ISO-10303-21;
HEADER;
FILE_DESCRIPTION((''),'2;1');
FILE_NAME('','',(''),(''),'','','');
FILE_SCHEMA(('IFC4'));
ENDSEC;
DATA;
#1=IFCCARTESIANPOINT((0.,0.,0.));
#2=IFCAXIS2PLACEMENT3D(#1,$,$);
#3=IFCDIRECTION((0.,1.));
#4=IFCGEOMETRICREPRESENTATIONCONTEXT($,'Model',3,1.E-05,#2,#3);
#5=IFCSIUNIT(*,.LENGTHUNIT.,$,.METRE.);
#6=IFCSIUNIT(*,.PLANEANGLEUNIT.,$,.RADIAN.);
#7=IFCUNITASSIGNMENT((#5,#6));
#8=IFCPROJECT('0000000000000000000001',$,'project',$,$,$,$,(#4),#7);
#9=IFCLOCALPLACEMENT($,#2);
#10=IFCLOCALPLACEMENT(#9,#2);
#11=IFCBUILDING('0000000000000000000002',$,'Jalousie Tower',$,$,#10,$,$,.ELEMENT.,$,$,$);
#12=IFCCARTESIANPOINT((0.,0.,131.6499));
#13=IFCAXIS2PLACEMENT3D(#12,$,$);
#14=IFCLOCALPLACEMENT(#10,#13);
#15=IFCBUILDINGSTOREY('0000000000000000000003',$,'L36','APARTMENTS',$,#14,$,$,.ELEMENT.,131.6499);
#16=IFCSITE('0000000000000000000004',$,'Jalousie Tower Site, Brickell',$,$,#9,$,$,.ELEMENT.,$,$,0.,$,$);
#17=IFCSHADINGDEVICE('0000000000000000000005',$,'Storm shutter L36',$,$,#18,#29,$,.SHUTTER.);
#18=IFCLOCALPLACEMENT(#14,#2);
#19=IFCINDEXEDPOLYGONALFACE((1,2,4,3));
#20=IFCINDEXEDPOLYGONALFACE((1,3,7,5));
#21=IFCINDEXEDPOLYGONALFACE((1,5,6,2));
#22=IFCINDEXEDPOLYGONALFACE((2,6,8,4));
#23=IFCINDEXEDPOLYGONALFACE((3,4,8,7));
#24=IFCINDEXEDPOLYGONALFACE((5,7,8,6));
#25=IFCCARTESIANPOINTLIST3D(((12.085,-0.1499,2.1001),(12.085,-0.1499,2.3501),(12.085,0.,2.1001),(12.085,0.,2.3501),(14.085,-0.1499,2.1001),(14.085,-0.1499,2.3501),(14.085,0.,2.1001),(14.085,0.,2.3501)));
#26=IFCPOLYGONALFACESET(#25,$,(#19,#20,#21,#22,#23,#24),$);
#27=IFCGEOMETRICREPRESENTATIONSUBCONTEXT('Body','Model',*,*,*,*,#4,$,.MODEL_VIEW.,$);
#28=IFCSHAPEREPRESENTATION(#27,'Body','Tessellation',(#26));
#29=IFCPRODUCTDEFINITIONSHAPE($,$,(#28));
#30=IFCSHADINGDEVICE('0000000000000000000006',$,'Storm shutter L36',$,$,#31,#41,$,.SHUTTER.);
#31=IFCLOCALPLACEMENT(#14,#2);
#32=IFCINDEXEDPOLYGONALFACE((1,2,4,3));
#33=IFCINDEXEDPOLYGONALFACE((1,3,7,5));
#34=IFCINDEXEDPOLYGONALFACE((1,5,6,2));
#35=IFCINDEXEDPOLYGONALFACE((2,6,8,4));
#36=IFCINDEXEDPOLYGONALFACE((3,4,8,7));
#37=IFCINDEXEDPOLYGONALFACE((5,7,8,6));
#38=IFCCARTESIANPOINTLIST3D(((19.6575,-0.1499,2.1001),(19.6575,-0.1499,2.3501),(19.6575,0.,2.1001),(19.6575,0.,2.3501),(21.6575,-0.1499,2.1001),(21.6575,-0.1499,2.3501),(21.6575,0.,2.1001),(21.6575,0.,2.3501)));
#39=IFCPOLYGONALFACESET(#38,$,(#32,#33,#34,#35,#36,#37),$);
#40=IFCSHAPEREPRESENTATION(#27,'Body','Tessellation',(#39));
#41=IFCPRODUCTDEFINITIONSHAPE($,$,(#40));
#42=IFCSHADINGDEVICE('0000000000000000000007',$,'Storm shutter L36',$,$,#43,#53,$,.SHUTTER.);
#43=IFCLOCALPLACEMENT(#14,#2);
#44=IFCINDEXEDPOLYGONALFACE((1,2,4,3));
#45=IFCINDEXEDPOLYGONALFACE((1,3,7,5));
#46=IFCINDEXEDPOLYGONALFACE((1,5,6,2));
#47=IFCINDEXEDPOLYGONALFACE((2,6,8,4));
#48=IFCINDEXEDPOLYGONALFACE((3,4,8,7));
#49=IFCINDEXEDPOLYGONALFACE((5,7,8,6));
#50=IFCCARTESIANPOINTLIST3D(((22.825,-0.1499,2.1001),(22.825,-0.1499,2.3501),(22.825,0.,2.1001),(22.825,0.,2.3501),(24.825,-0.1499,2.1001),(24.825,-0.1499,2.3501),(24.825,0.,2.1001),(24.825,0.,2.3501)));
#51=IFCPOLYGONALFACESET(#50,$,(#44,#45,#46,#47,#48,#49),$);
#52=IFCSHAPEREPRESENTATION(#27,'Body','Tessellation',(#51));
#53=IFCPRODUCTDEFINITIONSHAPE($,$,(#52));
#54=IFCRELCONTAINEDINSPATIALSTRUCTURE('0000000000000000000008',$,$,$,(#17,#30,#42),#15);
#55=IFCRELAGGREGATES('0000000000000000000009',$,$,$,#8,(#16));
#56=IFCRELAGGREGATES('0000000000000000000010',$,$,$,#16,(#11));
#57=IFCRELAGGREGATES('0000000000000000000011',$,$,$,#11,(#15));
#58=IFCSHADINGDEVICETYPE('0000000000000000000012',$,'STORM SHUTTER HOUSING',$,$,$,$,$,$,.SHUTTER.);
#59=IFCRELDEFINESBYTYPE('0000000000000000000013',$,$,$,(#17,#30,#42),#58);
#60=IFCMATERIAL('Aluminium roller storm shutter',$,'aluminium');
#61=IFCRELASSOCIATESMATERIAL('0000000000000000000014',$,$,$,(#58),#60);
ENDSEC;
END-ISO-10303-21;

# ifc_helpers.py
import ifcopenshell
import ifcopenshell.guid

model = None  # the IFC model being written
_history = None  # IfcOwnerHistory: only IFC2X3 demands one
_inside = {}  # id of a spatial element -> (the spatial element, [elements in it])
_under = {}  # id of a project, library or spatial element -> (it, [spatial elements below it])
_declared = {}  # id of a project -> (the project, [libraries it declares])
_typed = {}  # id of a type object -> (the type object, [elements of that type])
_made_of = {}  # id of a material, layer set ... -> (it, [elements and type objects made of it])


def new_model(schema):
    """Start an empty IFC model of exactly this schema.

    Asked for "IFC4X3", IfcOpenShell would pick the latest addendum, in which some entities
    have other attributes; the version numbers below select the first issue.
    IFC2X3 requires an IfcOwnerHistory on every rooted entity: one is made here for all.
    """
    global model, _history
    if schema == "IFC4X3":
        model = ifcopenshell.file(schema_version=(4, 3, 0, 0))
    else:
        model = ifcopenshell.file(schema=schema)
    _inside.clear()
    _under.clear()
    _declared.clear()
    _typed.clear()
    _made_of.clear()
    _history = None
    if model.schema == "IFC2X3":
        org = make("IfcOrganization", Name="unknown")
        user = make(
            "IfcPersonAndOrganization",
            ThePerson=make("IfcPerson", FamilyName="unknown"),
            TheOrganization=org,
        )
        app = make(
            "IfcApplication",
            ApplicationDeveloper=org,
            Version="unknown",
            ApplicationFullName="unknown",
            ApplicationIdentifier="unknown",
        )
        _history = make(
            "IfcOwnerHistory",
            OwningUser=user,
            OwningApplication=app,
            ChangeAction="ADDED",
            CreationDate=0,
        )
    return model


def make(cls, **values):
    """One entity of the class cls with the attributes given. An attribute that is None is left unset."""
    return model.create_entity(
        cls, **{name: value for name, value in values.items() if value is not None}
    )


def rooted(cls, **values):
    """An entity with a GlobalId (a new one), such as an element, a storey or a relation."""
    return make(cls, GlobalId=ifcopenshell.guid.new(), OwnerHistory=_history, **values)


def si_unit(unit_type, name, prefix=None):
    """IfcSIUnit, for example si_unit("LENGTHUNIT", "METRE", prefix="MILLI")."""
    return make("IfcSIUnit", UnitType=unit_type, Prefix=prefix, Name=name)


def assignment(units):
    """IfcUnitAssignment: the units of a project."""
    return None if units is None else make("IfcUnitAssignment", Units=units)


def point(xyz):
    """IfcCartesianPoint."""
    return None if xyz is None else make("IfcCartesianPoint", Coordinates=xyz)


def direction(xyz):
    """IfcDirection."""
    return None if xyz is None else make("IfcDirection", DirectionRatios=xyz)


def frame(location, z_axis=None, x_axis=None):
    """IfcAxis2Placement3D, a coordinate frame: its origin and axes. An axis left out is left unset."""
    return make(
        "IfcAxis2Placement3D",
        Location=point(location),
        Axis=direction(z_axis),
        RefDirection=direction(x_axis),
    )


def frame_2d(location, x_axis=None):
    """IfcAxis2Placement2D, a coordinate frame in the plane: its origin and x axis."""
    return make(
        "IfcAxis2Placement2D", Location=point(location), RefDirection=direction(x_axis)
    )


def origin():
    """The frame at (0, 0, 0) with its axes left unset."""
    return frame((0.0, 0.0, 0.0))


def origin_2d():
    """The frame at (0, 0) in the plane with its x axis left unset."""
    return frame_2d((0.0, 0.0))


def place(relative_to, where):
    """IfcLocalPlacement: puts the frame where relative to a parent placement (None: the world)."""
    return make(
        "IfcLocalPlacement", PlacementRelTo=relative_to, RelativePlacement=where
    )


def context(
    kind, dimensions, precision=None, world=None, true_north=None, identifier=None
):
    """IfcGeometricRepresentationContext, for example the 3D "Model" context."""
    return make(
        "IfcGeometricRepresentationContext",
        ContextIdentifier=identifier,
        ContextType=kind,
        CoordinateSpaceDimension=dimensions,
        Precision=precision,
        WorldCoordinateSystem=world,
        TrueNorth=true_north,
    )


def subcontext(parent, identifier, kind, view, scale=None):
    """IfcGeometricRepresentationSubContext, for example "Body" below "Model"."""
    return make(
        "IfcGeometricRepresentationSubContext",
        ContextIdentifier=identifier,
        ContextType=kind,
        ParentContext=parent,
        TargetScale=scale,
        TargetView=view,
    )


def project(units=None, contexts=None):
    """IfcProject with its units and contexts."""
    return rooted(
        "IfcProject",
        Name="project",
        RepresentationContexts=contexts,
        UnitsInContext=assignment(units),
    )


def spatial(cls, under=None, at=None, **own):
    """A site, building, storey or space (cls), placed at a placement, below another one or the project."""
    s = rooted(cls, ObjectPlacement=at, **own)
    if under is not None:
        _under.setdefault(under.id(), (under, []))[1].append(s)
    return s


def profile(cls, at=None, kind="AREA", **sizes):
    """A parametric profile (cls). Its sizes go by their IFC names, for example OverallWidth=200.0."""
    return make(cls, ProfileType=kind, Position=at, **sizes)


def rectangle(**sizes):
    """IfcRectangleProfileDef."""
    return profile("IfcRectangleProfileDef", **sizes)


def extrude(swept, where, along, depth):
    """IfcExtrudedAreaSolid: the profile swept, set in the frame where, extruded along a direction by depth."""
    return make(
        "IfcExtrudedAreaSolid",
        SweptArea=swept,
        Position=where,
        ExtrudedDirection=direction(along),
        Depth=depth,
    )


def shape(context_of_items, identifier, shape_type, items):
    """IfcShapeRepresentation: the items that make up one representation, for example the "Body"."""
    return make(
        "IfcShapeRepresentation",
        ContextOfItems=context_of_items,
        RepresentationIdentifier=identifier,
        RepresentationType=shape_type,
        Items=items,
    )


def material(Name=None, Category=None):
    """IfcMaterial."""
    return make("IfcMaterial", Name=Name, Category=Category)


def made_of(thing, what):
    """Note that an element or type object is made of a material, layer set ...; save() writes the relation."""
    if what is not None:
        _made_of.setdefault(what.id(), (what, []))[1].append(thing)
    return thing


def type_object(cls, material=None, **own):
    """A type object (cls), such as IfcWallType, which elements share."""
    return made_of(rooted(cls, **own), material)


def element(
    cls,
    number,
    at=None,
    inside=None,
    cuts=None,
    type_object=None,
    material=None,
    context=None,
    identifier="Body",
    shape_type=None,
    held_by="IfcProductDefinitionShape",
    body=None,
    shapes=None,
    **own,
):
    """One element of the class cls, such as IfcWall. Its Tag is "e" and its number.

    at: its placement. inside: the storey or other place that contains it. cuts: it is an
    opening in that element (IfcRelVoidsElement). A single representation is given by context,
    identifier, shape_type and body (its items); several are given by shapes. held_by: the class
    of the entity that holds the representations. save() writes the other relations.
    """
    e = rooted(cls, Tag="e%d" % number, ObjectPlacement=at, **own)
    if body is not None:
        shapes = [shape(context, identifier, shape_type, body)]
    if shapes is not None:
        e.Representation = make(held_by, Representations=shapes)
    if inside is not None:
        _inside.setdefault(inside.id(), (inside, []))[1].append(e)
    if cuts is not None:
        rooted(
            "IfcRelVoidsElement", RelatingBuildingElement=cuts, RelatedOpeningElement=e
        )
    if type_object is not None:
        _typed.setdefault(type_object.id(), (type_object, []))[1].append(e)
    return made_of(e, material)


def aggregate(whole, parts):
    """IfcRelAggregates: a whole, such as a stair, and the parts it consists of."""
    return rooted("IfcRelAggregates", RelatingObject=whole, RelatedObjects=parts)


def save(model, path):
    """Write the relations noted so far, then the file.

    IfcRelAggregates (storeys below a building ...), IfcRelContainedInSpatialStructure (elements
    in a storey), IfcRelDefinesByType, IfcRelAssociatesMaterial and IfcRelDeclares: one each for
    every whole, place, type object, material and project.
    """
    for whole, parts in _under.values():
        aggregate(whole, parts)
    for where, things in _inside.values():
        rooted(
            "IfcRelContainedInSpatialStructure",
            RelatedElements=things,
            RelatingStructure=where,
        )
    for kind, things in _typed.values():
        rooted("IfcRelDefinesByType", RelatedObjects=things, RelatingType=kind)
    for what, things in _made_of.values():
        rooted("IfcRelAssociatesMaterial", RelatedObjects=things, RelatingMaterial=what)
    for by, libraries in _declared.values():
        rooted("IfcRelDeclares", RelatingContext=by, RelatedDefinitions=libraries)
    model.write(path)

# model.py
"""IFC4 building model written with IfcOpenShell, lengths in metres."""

from ifc_helpers import new_model, si_unit, direction, frame, origin, origin_2d, place, context, subcontext, project, spatial, rectangle, extrude, material, type_object, element, save


model = new_model("IFC4")

# Units and contexts
model_context = context("Model", 3, precision=1e-05, world=origin(), true_north=direction((0.0, 1.0)))
body_context = subcontext(model_context, "Body", "Model", "MODEL_VIEW")
ifc_project = project(units=[si_unit("LENGTHUNIT", "METRE"), si_unit("PLANEANGLEUNIT", "RADIAN")], contexts=[model_context])

# Site, building, storey
site_placement = place(None, origin())
site = spatial("IfcSite", under=ifc_project, at=site_placement, Name="Jalousie Tower Site, Brickell", CompositionType="ELEMENT", RefElevation=0.0)
building_placement = place(site_placement, origin())
building = spatial("IfcBuilding", under=site, at=building_placement, Name="Jalousie Tower", CompositionType="ELEMENT")
storey_placement = place(building_placement, frame((0.0, 0.0, 131.6499)))
storey = spatial("IfcBuildingStorey", under=building, at=storey_placement, Name="L36", Description="APARTMENTS", CompositionType="ELEMENT", Elevation=131.6499)

# Shading devices
ifc_material_1 = material(Name="Aluminium roller storm shutter", Category="aluminium")
shading_device_type = type_object("IfcShadingDeviceType", Name="STORM SHUTTER HOUSING", PredefinedType="SHUTTER", material=ifc_material_1)
for number, where, z_axis, x_axis, name in (
    (1, (13.085, -0.075, 2.1001), (0.0, 0.0, 1.0), (1.0, 0.0, 0.0), "Storm shutter L36"),
    (2, (20.6575, -0.075, 2.1001), (0.0, 0.0, 1.0), (1.0, 0.0, 0.0), "Storm shutter L36"),
    (3, (23.825, -0.075, 2.1001), (0.0, 0.0, 1.0), (1.0, 0.0, 0.0), "Storm shutter L36"),
):
    element("IfcShadingDevice", number, at=place(storey_placement, frame(where, z_axis=z_axis, x_axis=x_axis)), inside=storey, type_object=shading_device_type, Name=name, PredefinedType="SHUTTER", context=body_context, shape_type="SweptSolid", body=[
        extrude(rectangle(XDim=2.0, YDim=0.1499, at=origin_2d()), origin(), (0.0, 0.0, 1.0), 0.25),
    ])

save(model, "model.ifc")
